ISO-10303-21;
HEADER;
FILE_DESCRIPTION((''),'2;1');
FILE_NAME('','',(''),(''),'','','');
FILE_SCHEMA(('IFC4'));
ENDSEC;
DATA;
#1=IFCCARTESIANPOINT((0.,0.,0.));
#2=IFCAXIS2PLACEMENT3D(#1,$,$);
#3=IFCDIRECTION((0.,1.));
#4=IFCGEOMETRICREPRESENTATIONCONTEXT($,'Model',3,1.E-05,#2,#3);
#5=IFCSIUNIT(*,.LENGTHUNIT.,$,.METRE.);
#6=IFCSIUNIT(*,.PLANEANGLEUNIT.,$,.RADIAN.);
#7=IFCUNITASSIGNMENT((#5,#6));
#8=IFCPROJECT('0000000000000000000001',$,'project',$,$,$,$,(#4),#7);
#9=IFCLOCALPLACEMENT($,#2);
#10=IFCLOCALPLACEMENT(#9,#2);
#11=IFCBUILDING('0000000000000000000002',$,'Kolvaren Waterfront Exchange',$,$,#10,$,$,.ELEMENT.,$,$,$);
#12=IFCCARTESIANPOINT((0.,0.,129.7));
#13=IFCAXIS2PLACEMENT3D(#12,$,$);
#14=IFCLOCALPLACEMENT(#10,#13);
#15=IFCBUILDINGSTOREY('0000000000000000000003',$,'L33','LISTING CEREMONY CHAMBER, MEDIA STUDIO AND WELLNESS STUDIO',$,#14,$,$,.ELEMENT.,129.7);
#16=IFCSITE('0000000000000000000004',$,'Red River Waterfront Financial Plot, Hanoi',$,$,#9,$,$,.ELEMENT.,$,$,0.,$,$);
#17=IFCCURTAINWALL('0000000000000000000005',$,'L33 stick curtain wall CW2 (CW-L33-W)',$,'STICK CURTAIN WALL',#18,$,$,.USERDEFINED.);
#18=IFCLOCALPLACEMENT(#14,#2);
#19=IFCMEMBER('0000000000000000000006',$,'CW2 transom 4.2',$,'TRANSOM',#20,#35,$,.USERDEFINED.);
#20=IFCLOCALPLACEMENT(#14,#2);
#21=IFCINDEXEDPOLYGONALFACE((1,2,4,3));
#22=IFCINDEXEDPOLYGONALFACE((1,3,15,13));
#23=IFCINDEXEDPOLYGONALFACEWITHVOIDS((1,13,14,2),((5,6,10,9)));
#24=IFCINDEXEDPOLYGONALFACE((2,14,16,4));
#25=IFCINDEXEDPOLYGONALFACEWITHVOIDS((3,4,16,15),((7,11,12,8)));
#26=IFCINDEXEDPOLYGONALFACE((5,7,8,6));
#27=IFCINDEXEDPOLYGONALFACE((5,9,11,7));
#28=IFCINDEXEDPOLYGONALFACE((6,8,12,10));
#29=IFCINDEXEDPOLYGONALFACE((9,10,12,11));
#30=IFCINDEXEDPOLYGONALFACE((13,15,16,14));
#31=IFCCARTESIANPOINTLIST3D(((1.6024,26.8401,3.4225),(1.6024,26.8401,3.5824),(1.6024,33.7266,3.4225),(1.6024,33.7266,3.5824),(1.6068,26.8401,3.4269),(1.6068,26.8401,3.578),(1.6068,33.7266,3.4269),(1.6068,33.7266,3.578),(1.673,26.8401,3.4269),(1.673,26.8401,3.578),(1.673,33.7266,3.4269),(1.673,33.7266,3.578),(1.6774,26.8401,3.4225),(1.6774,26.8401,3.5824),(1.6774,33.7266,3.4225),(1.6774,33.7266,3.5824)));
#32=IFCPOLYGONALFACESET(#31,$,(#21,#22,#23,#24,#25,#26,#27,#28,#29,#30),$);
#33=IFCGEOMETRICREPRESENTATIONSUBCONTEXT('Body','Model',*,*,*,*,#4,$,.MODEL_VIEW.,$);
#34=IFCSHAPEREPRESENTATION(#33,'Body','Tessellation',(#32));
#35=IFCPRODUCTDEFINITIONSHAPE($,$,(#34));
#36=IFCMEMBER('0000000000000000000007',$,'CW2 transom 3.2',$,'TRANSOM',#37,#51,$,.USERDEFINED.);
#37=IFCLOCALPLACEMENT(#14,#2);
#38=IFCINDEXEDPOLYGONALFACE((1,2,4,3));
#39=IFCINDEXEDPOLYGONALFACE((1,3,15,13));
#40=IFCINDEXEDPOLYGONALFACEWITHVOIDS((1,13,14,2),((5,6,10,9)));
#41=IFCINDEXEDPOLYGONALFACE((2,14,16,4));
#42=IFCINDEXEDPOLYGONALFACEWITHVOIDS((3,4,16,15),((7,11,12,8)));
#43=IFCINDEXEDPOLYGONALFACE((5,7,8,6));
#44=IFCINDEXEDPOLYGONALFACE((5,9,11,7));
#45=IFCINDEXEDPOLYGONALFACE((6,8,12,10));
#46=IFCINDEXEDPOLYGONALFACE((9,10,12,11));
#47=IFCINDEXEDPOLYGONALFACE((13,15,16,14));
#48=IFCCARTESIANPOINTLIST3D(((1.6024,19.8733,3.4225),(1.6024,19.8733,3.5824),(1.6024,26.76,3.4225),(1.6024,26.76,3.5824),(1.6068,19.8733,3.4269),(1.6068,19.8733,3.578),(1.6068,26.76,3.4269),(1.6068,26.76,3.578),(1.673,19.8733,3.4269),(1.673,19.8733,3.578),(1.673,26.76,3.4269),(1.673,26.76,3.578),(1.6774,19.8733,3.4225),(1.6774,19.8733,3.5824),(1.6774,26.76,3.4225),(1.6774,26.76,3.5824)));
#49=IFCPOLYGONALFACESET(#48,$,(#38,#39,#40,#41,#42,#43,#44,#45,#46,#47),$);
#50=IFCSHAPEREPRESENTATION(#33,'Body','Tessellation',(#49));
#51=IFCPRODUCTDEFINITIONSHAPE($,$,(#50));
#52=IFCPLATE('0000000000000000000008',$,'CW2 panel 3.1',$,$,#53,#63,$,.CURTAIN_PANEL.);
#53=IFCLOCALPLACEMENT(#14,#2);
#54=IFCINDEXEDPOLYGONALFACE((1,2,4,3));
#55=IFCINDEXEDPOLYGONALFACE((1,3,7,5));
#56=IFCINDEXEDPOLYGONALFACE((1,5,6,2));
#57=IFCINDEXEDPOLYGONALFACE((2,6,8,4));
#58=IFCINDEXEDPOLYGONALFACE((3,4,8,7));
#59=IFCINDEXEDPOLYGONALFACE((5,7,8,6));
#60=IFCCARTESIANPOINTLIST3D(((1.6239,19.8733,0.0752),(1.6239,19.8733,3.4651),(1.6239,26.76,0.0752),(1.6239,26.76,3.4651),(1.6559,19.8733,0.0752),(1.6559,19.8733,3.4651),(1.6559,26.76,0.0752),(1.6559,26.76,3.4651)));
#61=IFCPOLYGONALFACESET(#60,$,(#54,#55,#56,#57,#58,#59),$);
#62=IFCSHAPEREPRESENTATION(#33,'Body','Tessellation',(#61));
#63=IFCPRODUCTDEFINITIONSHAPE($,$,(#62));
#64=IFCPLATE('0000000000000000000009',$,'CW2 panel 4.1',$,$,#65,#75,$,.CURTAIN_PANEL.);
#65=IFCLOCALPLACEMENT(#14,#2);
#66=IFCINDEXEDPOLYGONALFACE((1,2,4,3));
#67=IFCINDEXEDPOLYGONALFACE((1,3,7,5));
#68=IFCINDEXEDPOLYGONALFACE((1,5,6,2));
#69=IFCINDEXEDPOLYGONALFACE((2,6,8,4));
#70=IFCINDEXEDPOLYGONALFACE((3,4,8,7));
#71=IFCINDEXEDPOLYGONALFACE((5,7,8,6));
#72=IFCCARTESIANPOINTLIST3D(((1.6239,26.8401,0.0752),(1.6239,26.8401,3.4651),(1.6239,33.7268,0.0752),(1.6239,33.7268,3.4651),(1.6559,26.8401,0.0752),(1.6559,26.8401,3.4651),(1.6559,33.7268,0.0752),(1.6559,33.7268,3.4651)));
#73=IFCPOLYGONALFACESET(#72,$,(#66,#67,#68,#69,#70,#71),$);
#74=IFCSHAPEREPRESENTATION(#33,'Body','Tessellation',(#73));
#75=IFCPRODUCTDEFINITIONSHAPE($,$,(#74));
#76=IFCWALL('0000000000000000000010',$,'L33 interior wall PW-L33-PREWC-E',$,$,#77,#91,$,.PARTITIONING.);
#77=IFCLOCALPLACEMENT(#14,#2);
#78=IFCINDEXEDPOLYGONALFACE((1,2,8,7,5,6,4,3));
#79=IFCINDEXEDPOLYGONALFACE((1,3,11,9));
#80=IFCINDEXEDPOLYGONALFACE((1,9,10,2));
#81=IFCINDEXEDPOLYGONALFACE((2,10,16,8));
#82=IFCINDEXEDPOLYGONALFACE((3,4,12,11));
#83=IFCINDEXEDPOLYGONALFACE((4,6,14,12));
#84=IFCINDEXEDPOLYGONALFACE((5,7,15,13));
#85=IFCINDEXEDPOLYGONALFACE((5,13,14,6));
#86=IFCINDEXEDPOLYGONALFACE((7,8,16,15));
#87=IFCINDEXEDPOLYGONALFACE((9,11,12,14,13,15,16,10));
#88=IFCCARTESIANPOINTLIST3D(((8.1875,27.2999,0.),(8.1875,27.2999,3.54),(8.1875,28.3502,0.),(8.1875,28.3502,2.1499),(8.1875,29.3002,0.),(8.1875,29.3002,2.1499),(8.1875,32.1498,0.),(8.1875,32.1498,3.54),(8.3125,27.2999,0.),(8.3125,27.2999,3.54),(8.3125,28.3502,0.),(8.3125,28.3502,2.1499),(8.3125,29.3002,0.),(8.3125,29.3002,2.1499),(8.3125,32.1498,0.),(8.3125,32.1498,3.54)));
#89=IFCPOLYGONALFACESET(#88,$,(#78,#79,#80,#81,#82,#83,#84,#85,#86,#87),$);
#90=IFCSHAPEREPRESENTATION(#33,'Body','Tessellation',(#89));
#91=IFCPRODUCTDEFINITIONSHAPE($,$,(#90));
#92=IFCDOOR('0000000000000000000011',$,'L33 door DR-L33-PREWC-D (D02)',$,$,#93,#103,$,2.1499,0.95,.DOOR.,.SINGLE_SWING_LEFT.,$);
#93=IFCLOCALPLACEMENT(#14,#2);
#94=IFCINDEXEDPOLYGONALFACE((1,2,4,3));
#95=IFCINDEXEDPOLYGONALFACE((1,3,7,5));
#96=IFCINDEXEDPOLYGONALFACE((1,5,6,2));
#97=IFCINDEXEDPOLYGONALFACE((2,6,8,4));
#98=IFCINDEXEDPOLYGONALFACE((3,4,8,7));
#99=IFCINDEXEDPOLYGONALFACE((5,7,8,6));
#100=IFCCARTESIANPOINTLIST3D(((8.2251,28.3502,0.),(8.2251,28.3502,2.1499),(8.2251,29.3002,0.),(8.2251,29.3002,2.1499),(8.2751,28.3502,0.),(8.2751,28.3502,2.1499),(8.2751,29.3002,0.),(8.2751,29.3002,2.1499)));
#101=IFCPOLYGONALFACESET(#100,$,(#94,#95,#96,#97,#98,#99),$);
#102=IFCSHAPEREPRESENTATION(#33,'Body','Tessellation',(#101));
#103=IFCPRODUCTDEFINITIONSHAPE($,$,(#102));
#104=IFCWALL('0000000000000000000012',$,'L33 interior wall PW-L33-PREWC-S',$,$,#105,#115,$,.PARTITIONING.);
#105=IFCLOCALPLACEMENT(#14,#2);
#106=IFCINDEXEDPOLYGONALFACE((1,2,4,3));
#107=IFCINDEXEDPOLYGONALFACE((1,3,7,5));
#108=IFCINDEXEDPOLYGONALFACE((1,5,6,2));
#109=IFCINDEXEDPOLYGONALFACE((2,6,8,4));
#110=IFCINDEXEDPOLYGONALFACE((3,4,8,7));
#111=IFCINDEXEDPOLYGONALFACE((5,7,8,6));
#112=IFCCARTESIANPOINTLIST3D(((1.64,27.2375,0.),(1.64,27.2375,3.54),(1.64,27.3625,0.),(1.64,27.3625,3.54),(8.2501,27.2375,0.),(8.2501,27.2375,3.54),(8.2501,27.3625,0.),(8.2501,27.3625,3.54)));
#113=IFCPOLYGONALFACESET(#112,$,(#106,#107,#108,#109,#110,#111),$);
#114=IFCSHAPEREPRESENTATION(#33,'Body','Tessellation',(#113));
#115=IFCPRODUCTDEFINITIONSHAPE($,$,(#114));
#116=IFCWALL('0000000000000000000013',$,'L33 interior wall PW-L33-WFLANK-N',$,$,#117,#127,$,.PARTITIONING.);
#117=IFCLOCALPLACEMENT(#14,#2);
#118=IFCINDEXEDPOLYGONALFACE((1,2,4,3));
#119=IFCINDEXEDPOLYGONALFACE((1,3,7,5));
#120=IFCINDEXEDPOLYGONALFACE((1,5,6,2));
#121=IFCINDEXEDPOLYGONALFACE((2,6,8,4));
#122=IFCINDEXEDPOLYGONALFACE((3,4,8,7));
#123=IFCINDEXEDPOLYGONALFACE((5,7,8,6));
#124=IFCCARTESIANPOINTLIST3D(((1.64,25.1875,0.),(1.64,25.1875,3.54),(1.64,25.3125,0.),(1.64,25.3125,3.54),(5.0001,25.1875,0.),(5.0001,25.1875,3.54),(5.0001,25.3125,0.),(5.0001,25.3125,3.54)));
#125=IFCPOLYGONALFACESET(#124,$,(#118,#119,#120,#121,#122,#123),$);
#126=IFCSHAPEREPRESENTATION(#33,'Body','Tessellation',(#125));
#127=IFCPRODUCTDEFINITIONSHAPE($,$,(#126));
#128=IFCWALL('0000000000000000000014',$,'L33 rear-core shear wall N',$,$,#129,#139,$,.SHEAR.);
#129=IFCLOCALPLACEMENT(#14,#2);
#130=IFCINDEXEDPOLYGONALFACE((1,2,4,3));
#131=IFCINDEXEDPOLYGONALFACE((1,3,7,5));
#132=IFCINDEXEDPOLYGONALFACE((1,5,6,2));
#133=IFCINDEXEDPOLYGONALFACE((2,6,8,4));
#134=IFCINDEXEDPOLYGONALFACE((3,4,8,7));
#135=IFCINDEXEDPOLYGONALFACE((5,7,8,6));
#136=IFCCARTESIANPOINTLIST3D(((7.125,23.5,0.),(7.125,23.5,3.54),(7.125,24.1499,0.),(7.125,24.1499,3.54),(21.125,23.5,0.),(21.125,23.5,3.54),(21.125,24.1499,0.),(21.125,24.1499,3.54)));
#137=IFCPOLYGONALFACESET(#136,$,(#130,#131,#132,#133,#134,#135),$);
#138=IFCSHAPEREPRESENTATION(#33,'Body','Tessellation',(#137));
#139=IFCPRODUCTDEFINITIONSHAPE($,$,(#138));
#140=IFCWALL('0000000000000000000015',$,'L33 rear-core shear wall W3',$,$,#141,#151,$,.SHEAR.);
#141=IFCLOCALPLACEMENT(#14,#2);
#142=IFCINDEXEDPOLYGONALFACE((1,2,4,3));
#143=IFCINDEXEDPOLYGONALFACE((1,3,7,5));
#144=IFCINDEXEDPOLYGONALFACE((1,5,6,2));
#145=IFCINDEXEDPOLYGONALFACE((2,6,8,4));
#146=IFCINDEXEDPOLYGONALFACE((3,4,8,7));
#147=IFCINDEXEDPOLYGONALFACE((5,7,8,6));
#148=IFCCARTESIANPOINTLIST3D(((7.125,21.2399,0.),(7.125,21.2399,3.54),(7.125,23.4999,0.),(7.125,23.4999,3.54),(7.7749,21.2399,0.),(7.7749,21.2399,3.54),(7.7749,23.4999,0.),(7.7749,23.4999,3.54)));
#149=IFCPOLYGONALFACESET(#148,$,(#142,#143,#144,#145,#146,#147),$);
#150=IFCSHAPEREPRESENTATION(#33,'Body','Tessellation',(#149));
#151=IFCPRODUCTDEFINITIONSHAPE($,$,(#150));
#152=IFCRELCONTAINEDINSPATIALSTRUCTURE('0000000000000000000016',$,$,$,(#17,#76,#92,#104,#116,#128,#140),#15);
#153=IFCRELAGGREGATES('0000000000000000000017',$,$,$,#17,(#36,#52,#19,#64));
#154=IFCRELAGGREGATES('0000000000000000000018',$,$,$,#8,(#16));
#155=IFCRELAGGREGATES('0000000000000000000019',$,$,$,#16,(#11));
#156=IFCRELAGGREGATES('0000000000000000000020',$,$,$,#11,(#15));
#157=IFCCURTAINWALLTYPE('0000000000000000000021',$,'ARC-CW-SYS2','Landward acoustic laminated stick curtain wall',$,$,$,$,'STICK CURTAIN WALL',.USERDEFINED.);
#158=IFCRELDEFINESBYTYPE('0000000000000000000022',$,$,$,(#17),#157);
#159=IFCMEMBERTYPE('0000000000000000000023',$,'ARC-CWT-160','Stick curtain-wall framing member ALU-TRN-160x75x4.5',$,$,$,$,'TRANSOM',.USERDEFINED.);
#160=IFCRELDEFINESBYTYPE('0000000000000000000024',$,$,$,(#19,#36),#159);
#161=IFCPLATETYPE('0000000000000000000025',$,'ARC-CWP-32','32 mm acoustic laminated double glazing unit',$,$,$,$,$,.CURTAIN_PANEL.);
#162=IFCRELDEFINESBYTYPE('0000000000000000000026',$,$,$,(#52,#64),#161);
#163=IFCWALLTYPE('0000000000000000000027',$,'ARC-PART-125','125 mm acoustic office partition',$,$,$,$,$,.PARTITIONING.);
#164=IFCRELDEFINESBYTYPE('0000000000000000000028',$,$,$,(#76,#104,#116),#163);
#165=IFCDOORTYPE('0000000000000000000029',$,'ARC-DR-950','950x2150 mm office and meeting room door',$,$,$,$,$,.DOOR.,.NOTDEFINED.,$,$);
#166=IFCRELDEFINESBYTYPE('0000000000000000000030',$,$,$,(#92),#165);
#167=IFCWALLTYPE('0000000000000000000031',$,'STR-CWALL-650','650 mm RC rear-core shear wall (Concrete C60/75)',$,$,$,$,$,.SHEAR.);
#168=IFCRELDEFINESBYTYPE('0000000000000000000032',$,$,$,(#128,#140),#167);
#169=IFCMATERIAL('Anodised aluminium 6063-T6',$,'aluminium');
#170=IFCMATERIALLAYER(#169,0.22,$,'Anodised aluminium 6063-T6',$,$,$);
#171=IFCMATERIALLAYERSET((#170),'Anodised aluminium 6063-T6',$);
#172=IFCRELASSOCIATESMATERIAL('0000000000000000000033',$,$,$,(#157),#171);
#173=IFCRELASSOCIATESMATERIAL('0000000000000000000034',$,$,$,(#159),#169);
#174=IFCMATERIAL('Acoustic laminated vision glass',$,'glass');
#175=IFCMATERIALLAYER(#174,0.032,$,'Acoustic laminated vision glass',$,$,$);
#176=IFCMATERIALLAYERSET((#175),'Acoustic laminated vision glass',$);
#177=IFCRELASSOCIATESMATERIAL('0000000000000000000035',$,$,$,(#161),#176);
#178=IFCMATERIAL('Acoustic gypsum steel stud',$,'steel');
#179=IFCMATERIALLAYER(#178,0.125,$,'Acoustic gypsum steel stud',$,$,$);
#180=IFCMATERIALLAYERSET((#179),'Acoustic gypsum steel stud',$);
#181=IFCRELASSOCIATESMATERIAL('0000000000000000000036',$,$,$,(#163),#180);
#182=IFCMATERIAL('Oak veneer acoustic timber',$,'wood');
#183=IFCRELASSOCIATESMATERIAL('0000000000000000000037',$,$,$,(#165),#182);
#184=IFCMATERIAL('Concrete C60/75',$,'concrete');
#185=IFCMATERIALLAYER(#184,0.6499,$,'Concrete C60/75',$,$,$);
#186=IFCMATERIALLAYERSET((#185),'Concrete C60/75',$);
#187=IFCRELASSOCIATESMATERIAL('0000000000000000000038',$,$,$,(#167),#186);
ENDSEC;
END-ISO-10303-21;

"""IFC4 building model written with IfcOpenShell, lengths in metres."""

from ifc_helpers import new_model, si_unit, direction, frame, frame_2d, origin, origin_with_axes, origin_2d, place, context, subcontext, project, spatial, rectangle, hollow_rectangle, extrude, source, transform, mapped, material, layer, layer_set, material_profile, profile_set, type_object, element, fill, aggregate, save


model = new_model("IFC4")

# Units and contexts
model_context = context("Model", 3, precision=1e-05, world=origin(), true_north=direction((0.0, 1.0)))
body_context = subcontext(model_context, "Body", "Model", "MODEL_VIEW")
ifc_project = project(units=[si_unit("LENGTHUNIT", "METRE"), si_unit("PLANEANGLEUNIT", "RADIAN")], contexts=[model_context])

# Site, building, storey
site_placement = place(None, origin())
site = spatial("IfcSite", under=ifc_project, at=site_placement, Name="Red River Waterfront Financial Plot, Hanoi", CompositionType="ELEMENT", RefElevation=0.0)
building_placement = place(site_placement, origin())
building = spatial("IfcBuilding", under=site, at=building_placement, Name="Kolvaren Waterfront Exchange", CompositionType="ELEMENT")
storey_placement = place(building_placement, frame((0.0, 0.0, 129.7)))
storey = spatial("IfcBuildingStorey", under=building, at=storey_placement, Name="L33", Description="LISTING CEREMONY CHAMBER, MEDIA STUDIO AND WELLNESS STUDIO", CompositionType="ELEMENT", Elevation=129.7)

# Shared definitions
ifc_material_1 = material(Name="Concrete C60/75", Category="concrete")

# Curtain wall, members, plates
ifc_material_2 = material(Name="Anodised aluminium 6063-T6", Category="aluminium")
ifc_layer_1 = layer(ifc_material_2, 0.22, Name="Anodised aluminium 6063-T6")
ifc_layer_set_1 = layer_set([ifc_layer_1], Name="Anodised aluminium 6063-T6")
curtain_wall_type = type_object("IfcCurtainWallType", Name="ARC-CW-SYS2", Description="Landward acoustic laminated stick curtain wall", ElementType="STICK CURTAIN WALL", PredefinedType="USERDEFINED", material=ifc_layer_set_1)
curtain_wall_placement = place(storey_placement, origin())
curtain_wall = element("IfcCurtainWall", 1, at=curtain_wall_placement, inside=storey, type_object=curtain_wall_type, Name="L33 stick curtain wall CW2 (CW-L33-W)", ObjectType="STICK CURTAIN WALL", PredefinedType="USERDEFINED")
ifc_material_profile_1 = material_profile(ifc_material_2, hollow_rectangle(XDim=0.075, YDim=0.1599, WallThickness=0.0044, at=origin_2d()), Name="ALU-TRN-160x75x4.5")
ifc_profile_set_1 = profile_set([ifc_material_profile_1], Name="Anodised aluminium 6063-T6")
member_type_1 = type_object("IfcMemberType", Name="ARC-CWT-160", Description="Stick curtain-wall framing member ALU-TRN-160x75x4.5", ElementType="TRANSOM", PredefinedType="USERDEFINED", material=ifc_profile_set_1)
shared_shape_1 = source(origin_with_axes(), body_context, "Body", "SweptSolid", [
    extrude(hollow_rectangle(XDim=0.075, YDim=0.1599, WallThickness=0.0044, at=origin_2d()), origin(), (0.0, 0.0, 1.0), 6.8865),
])
member_1_placement = place(storey_placement, frame((1.6399, 26.8401, 3.5024), z_axis=(0.0, 1.0, 0.0), x_axis=(-1.0, 0.0, 0.0)))
member_1 = element("IfcMember", 2, at=member_1_placement, type_object=member_type_1, Name="CW2 transom 4.2", ObjectType="TRANSOM", PredefinedType="USERDEFINED", context=body_context, shape_type="MappedRepresentation", body=[
    mapped(shared_shape_1, transform((0.0, 0.0, 0.0), x_axis=(1.0, 0.0, 0.0), y_axis=(0.0, 1.0, 0.0), z_axis=(0.0, 0.0, 1.0), scale=1.0)),
])
shared_shape_2 = source(origin_with_axes(), body_context, "Body", "SweptSolid", [
    extrude(hollow_rectangle(XDim=0.075, YDim=0.1599, WallThickness=0.0044, at=origin_2d()), origin(), (0.0, 0.0, 1.0), 6.8867),
])
member_2_placement = place(storey_placement, frame((1.6399, 19.8733, 3.5024), z_axis=(0.0, 1.0, 0.0), x_axis=(-1.0, 0.0, 0.0)))
member_2 = element("IfcMember", 3, at=member_2_placement, type_object=member_type_1, Name="CW2 transom 3.2", ObjectType="TRANSOM", PredefinedType="USERDEFINED", context=body_context, shape_type="MappedRepresentation", body=[
    mapped(shared_shape_2, transform((0.0, 0.0, 0.0), x_axis=(1.0, 0.0, 0.0), y_axis=(0.0, 1.0, 0.0), z_axis=(0.0, 0.0, 1.0), scale=1.0)),
])
ifc_material_3 = material(Name="Acoustic laminated vision glass", Category="glass")
ifc_layer_2 = layer(ifc_material_3, 0.032, Name="Acoustic laminated vision glass")
ifc_layer_set_2 = layer_set([ifc_layer_2], Name="Acoustic laminated vision glass")
plate_type = type_object("IfcPlateType", Name="ARC-CWP-32", Description="32 mm acoustic laminated double glazing unit", PredefinedType="CURTAIN_PANEL", material=ifc_layer_set_2)
shared_shape_3 = source(origin_with_axes(), body_context, "Body", "SweptSolid", [
    extrude(rectangle(XDim=6.8867, YDim=0.032, at=origin_2d()), origin(), (0.0, 0.0, 1.0), 3.3899),
])
plate_1_placement = place(storey_placement, frame((1.6399, 23.3167, 0.0752), z_axis=(0.0, 0.0, 1.0), x_axis=(0.0, 1.0, 0.0)))
plate_1 = element("IfcPlate", 4, at=plate_1_placement, type_object=plate_type, Name="CW2 panel 3.1", PredefinedType="CURTAIN_PANEL", context=body_context, shape_type="MappedRepresentation", body=[
    mapped(shared_shape_3, transform((0.0, 0.0, 0.0), x_axis=(1.0, 0.0, 0.0), y_axis=(0.0, 1.0, 0.0), z_axis=(0.0, 0.0, 1.0), scale=1.0)),
])
plate_2_placement = place(storey_placement, frame((1.6399, 30.2834, 0.0752), z_axis=(0.0, 0.0, 1.0), x_axis=(0.0, 1.0, 0.0)))
plate_2 = element("IfcPlate", 5, at=plate_2_placement, type_object=plate_type, Name="CW2 panel 4.1", PredefinedType="CURTAIN_PANEL", context=body_context, shape_type="MappedRepresentation", body=[
    mapped(shared_shape_3, transform((0.0, 0.0, 0.0), x_axis=(1.0, 0.0, 0.0), y_axis=(0.0, 1.0, 0.0), z_axis=(0.0, 0.0, 1.0), scale=1.0)),
])
aggregate(curtain_wall, [member_2, plate_1, member_1, plate_2])

# Wall, opening, door
ifc_material_4 = material(Name="Acoustic gypsum steel stud", Category="steel")
ifc_layer_3 = layer(ifc_material_4, 0.125, Name="Acoustic gypsum steel stud")
ifc_layer_set_3 = layer_set([ifc_layer_3], Name="Acoustic gypsum steel stud")
wall_type_1 = type_object("IfcWallType", Name="ARC-PART-125", Description="125 mm acoustic office partition", PredefinedType="PARTITIONING", material=ifc_layer_set_3)
wall_1_placement = place(storey_placement, frame((8.25, 27.3, 0.0), z_axis=(0.0, 0.0, 1.0), x_axis=(0.0, 1.0, 0.0)))
wall_1 = element("IfcWall", 6, at=wall_1_placement, inside=storey, type_object=wall_type_1, Name="L33 interior wall PW-L33-PREWC-E", PredefinedType="PARTITIONING", context=body_context, shape_type="SweptSolid", body=[
    extrude(rectangle(XDim=4.8499, YDim=0.125, at=frame_2d((2.4248, 0.0))), origin(), (0.0, 0.0, 1.0), 3.54),
])
opening_1_placement = place(wall_1_placement, frame((1.05, 0.0, 0.0)))
opening_1 = element("IfcOpeningElement", 7, at=opening_1_placement, cuts=wall_1, PredefinedType="OPENING", context=body_context, shape_type="SweptSolid", body=[
    extrude(rectangle(XDim=0.95, YDim=2.1499, at=frame_2d((0.4751, 1.075))), frame((0.0, 0.0725, 0.0), z_axis=(0.0, -1.0, 0.0), x_axis=(1.0, 0.0, 0.0)), (0.0, 0.0, 1.0), 0.145),
])
ifc_material_5 = material(Name="Oak veneer acoustic timber", Category="wood")
door_type_1 = type_object("IfcDoorType", Name="ARC-DR-950", Description="950x2150 mm office and meeting room door", OperationType="NOTDEFINED", PredefinedType="DOOR", material=ifc_material_5)
door_1_placement = place(opening_1_placement, origin())
door_1 = element("IfcDoor", 8, at=door_1_placement, inside=storey, type_object=door_type_1, Name="L33 door DR-L33-PREWC-D (D02)", OperationType="SINGLE_SWING_LEFT", OverallHeight=2.1499, OverallWidth=0.95, PredefinedType="DOOR", context=body_context, shape_type="SweptSolid", body=[
    extrude(rectangle(XDim=0.95, YDim=2.1499, at=frame_2d((0.4751, 1.075))), frame((0.0, 0.0249, 0.0), z_axis=(0.0, -1.0, 0.0), x_axis=(1.0, 0.0, 0.0)), (0.0, 0.0, 1.0), 0.05),
])
fill(opening_1, door_1)

# Walls
wall_2_placement = place(storey_placement, frame((1.6399, 27.3, 0.0), z_axis=(0.0, 0.0, 1.0), x_axis=(1.0, 0.0, 0.0)))
element("IfcWall", 9, at=wall_2_placement, inside=storey, type_object=wall_type_1, Name="L33 interior wall PW-L33-PREWC-S", PredefinedType="PARTITIONING", context=body_context, shape_type="SweptSolid", body=[
    extrude(rectangle(XDim=6.6101, YDim=0.125, at=frame_2d((3.3052, 0.0))), origin(), (0.0, 0.0, 1.0), 3.54),
])
wall_3_placement = place(storey_placement, frame((1.6399, 25.25, 0.0), z_axis=(0.0, 0.0, 1.0), x_axis=(1.0, 0.0, 0.0)))
element("IfcWall", 10, at=wall_3_placement, inside=storey, type_object=wall_type_1, Name="L33 interior wall PW-L33-WFLANK-N", PredefinedType="PARTITIONING", context=body_context, shape_type="SweptSolid", body=[
    extrude(rectangle(XDim=3.3601, YDim=0.125, at=frame_2d((1.6802, 0.0))), origin(), (0.0, 0.0, 1.0), 3.54),
])

# Walls
ifc_layer_4 = layer(ifc_material_1, 0.6499, Name="Concrete C60/75")
ifc_layer_set_4 = layer_set([ifc_layer_4], Name="Concrete C60/75")
wall_type_2 = type_object("IfcWallType", Name="STR-CWALL-650", Description="650 mm RC rear-core shear wall (Concrete C60/75)", PredefinedType="SHEAR", material=ifc_layer_set_4)
wall_4_placement = place(storey_placement, frame((7.125, 23.825, 0.0), z_axis=(0.0, 0.0, 1.0), x_axis=(1.0, 0.0, 0.0)))
element("IfcWall", 11, at=wall_4_placement, inside=storey, type_object=wall_type_2, Name="L33 rear-core shear wall N", PredefinedType="SHEAR", context=body_context, shape_type="SweptSolid", body=[
    extrude(rectangle(XDim=14.0, YDim=0.6499, at=frame_2d((7.0, 0.0))), origin(), (0.0, 0.0, 1.0), 3.54),
])
wall_5_placement = place(storey_placement, frame((7.45, 21.24, 0.0), z_axis=(0.0, 0.0, 1.0), x_axis=(0.0, 1.0, 0.0)))
element("IfcWall", 12, at=wall_5_placement, inside=storey, type_object=wall_type_2, Name="L33 rear-core shear wall W3", PredefinedType="SHEAR", context=body_context, shape_type="SweptSolid", body=[
    extrude(rectangle(XDim=2.26, YDim=0.6499, at=frame_2d((1.1299, 0.0))), origin(), (0.0, 0.0, 1.0), 3.54),
])

save(model, "model.ifc")
